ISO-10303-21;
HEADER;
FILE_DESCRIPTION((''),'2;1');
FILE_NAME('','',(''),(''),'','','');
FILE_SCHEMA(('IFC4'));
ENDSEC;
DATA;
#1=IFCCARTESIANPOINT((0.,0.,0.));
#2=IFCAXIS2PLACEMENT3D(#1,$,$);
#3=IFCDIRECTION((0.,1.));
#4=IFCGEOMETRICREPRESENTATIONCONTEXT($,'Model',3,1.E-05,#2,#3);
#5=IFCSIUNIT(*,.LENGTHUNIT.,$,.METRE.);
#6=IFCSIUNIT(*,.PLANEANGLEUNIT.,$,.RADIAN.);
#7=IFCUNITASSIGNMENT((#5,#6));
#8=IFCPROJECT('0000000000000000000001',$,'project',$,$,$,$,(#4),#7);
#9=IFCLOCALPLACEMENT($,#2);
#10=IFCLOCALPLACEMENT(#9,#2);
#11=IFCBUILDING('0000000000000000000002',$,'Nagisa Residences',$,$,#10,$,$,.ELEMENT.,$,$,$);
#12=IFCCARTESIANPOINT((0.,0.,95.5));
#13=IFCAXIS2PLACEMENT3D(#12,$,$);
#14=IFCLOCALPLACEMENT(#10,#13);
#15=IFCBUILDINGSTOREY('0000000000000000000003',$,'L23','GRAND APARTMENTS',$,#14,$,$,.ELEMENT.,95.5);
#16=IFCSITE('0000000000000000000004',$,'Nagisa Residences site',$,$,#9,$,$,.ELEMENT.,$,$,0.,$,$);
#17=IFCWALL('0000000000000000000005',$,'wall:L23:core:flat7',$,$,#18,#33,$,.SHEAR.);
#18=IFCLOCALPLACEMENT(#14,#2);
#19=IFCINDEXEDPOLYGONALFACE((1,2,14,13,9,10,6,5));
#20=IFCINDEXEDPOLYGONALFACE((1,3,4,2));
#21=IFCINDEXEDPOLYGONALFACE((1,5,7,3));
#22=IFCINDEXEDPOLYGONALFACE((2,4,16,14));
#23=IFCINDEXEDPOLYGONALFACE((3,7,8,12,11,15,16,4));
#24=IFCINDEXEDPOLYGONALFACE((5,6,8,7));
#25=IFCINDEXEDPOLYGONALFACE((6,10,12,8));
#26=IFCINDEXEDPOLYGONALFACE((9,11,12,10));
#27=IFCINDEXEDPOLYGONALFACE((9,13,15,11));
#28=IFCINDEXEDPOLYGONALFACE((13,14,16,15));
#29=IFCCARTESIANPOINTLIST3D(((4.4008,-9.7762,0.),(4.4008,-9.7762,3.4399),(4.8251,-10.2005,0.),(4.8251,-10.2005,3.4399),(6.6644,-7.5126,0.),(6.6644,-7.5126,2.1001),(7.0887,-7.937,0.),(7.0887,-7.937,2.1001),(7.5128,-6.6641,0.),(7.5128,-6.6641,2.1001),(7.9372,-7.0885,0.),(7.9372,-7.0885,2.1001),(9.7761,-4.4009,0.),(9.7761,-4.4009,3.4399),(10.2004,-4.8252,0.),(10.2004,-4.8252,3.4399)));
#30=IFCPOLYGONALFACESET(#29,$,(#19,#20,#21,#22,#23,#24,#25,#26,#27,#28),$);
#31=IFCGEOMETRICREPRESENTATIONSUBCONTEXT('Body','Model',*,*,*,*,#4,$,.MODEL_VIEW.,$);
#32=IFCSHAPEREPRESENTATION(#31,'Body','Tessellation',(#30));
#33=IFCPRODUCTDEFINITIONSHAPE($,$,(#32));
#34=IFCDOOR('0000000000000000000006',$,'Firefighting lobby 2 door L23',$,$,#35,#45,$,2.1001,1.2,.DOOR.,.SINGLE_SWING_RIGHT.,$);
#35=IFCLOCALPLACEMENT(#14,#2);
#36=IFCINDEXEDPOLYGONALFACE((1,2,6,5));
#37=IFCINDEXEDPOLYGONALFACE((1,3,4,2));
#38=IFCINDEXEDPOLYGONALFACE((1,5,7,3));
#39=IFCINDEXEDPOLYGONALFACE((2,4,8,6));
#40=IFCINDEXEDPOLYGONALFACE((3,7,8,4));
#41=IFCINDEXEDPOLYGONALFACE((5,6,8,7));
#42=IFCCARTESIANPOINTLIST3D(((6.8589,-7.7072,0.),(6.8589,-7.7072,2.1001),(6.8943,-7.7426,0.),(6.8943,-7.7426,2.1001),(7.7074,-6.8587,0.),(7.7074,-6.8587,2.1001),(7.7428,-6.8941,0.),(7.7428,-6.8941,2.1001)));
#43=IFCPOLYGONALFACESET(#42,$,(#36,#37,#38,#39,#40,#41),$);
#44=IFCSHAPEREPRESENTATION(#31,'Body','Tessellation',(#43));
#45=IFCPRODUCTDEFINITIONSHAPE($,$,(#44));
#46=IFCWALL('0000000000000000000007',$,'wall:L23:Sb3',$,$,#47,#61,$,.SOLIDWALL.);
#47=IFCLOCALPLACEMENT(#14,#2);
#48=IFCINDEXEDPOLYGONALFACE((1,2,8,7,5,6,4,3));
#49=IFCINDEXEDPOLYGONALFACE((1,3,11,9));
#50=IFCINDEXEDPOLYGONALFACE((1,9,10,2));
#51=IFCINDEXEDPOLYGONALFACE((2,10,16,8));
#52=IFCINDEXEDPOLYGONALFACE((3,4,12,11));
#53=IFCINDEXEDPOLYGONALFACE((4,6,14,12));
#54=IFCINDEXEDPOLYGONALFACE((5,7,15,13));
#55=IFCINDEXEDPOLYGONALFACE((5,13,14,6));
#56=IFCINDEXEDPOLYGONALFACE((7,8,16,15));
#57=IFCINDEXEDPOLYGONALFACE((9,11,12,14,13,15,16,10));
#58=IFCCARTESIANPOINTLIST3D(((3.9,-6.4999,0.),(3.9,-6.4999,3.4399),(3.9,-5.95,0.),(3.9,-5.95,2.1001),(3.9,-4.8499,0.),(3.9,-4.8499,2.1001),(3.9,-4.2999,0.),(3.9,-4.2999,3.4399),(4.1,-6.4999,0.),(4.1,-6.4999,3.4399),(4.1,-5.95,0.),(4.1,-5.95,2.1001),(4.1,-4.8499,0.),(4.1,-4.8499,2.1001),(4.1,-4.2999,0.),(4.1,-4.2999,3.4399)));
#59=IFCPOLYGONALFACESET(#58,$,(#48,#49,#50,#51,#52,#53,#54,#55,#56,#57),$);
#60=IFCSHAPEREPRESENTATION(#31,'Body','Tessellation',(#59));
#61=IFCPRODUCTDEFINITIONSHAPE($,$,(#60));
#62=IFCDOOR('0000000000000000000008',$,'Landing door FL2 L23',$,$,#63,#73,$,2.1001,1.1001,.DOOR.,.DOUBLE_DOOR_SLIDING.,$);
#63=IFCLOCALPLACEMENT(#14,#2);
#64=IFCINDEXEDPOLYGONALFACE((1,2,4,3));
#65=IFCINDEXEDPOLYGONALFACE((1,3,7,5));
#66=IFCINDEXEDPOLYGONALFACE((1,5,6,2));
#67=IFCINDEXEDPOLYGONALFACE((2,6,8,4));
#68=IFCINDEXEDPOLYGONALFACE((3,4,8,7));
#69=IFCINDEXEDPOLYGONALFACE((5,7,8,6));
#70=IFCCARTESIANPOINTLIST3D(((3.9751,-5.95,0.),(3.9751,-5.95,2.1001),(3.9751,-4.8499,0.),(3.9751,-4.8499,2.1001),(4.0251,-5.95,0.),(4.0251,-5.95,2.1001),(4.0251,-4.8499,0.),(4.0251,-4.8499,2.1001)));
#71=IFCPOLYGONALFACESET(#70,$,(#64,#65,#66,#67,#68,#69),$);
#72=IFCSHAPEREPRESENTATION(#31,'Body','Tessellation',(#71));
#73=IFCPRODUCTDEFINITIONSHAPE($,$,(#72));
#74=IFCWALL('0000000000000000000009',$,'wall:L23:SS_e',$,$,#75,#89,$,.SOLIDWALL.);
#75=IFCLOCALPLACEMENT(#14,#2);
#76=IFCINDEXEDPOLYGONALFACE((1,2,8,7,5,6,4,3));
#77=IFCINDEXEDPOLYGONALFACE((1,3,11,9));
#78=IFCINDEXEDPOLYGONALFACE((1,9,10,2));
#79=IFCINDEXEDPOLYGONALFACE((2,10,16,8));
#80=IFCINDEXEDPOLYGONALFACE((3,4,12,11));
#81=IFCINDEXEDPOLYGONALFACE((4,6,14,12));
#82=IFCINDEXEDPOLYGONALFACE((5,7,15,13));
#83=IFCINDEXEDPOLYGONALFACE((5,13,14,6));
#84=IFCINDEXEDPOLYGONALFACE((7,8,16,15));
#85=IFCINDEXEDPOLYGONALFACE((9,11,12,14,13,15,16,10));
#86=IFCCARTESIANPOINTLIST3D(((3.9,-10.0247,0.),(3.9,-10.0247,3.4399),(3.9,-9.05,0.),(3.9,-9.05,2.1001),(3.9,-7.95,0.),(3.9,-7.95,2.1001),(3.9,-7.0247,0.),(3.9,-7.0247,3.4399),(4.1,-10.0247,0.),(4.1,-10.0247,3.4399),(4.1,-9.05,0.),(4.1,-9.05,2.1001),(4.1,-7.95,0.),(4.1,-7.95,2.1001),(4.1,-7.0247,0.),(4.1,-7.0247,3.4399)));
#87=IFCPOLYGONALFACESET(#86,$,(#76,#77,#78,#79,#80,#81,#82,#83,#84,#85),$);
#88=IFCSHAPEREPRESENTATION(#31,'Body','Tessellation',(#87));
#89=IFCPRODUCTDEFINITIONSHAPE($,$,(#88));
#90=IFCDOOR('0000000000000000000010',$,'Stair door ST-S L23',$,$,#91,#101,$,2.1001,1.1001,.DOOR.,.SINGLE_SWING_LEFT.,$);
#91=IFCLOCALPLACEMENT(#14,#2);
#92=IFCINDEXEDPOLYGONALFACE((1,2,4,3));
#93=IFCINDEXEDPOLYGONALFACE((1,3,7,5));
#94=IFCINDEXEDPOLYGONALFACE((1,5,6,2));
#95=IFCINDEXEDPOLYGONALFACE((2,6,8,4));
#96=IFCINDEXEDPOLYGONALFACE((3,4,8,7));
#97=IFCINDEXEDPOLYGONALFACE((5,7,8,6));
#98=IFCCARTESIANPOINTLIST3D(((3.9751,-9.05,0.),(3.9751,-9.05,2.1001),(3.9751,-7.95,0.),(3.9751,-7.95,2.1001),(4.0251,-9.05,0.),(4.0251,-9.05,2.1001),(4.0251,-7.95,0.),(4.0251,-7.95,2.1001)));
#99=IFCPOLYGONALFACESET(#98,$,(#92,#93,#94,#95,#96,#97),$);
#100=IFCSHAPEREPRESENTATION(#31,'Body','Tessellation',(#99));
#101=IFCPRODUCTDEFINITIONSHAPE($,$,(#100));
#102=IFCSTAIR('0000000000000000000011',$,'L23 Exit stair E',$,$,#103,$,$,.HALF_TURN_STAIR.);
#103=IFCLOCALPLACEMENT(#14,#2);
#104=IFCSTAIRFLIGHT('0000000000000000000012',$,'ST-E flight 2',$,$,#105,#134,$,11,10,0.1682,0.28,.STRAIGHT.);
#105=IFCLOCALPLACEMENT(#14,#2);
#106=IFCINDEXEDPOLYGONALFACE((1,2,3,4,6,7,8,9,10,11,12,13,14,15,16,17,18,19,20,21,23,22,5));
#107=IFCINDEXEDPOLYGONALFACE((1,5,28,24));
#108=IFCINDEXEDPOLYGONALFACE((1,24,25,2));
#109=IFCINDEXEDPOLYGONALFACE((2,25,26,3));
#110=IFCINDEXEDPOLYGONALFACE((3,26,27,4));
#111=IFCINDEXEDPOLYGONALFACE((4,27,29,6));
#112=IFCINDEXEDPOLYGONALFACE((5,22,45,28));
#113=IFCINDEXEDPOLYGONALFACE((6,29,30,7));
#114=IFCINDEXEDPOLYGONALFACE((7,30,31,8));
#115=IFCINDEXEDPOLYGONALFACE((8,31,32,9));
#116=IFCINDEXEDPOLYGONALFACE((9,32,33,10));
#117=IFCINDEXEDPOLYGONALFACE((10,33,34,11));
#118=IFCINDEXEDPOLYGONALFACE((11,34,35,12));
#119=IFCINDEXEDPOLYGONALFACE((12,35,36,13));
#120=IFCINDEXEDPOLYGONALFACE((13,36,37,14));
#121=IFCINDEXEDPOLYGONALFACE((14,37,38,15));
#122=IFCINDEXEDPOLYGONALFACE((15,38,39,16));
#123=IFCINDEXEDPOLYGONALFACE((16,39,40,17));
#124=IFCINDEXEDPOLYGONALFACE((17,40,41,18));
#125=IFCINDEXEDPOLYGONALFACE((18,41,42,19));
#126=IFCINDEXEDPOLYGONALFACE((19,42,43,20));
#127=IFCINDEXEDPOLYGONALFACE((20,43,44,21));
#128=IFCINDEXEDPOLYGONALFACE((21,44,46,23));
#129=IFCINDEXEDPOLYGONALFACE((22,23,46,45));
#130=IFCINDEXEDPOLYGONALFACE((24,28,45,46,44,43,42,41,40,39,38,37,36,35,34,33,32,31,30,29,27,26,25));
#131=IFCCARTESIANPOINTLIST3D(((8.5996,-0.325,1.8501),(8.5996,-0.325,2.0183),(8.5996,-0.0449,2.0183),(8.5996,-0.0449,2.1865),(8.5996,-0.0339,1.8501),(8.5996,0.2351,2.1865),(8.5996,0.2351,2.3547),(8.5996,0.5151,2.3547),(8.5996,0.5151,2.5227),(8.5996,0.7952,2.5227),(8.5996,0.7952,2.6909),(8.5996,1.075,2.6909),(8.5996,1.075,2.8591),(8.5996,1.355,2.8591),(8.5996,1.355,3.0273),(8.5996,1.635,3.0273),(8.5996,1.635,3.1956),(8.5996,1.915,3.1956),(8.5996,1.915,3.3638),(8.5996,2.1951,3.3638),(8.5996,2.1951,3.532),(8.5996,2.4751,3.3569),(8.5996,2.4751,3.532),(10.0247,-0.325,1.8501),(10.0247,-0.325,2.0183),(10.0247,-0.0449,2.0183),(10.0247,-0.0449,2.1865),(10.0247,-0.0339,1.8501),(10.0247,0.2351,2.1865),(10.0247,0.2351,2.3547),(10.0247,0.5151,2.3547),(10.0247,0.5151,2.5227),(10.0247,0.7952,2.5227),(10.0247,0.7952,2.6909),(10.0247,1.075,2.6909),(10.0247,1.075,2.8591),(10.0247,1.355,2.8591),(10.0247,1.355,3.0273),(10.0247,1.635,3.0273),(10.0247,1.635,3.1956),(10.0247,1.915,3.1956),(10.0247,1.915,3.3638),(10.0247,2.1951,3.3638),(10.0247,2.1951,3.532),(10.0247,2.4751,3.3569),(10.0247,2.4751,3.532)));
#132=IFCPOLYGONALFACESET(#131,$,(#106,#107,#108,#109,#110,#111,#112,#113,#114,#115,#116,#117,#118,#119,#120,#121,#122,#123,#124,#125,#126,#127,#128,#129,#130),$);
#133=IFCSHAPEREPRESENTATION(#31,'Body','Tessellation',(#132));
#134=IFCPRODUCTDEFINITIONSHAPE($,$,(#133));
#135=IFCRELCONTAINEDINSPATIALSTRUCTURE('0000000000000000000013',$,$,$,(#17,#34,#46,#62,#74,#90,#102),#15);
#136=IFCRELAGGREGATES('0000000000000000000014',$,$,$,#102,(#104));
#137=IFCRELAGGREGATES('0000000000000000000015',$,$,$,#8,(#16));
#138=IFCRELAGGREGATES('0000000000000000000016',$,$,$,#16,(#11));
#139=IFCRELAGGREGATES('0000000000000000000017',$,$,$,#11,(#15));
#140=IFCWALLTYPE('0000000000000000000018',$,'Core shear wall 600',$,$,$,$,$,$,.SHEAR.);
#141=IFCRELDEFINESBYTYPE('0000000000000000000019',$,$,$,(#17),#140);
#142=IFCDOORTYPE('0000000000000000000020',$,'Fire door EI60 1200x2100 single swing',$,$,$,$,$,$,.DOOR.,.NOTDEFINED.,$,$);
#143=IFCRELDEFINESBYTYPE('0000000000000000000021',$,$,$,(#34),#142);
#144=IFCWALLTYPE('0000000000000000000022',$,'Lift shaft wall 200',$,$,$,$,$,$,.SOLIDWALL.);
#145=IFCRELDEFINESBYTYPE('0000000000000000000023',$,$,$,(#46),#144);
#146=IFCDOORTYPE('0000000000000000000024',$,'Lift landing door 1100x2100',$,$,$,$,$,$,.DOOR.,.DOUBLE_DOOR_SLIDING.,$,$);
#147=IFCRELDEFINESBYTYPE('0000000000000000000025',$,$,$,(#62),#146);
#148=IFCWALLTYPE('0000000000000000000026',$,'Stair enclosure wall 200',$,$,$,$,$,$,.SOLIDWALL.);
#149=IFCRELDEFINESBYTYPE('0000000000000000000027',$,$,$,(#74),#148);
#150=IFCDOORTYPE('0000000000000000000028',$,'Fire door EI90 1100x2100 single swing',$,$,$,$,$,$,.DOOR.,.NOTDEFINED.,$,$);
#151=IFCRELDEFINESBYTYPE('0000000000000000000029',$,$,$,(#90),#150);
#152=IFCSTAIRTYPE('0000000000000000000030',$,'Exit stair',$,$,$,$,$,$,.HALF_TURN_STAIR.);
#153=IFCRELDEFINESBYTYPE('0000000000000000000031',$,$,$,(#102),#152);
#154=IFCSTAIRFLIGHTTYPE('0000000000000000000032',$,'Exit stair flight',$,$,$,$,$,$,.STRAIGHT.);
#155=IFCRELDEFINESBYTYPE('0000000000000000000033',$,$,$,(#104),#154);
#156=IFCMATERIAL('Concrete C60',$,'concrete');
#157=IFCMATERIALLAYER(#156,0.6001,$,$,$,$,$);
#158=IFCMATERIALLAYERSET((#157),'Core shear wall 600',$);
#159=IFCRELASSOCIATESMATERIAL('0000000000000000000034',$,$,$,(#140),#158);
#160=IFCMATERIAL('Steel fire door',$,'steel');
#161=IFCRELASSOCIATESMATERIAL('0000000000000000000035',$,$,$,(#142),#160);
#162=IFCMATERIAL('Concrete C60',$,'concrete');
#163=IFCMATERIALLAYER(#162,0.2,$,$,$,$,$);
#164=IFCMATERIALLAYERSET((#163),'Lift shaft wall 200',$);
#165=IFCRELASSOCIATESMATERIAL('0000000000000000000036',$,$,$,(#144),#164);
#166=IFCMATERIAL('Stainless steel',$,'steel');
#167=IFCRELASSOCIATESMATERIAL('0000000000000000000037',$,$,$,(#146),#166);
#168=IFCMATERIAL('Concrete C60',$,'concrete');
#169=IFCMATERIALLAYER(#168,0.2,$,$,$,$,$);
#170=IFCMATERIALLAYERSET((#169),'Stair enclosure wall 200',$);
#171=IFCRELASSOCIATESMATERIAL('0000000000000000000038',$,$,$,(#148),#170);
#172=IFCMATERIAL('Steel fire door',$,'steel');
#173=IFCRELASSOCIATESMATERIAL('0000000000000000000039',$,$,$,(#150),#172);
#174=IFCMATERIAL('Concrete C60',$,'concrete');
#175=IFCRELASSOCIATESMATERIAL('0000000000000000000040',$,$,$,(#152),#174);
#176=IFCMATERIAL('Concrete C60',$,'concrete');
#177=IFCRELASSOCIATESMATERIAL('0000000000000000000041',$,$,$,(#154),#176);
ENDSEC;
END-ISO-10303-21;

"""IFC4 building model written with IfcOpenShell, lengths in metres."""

from ifc_helpers import new_model, si_unit, direction, frame, frame_2d, origin, place, context, subcontext, project, spatial, polyline, rectangle, outline, extrude, material, layer, layer_set, type_object, element, fill, aggregate, save


model = new_model("IFC4")

# Units and contexts
model_context = context("Model", 3, precision=1e-05, world=origin(), true_north=direction((0.0, 1.0)))
body_context = subcontext(model_context, "Body", "Model", "MODEL_VIEW")
ifc_project = project(units=[si_unit("LENGTHUNIT", "METRE"), si_unit("PLANEANGLEUNIT", "RADIAN")], contexts=[model_context])

# Site, building, storey
site_placement = place(None, origin())
site = spatial("IfcSite", under=ifc_project, at=site_placement, Name="Nagisa Residences site", CompositionType="ELEMENT", RefElevation=0.0)
building_placement = place(site_placement, origin())
building = spatial("IfcBuilding", under=site, at=building_placement, Name="Nagisa Residences", CompositionType="ELEMENT")
storey_placement = place(building_placement, frame((0.0, 0.0, 95.5)))
storey = spatial("IfcBuildingStorey", under=building, at=storey_placement, Name="L23", Description="GRAND APARTMENTS", CompositionType="ELEMENT", Elevation=95.5)

# Walls, openings, doors
ifc_material_1 = material(Name="Concrete C60", Category="concrete")
ifc_layer_1 = layer(ifc_material_1, 0.6001)
ifc_layer_set_1 = layer_set([ifc_layer_1], Name="Core shear wall 600")
wall_type_1 = type_object("IfcWallType", Name="Core shear wall 600", PredefinedType="SHEAR", material=ifc_layer_set_1)
wall_1_placement = place(storey_placement, frame((4.613, -9.9883, 0.0), z_axis=(0.0, 0.0, 1.0), x_axis=(0.707107, 0.707107, 0.0)))
wall_1 = element("IfcWall", 1, at=wall_1_placement, inside=storey, type_object=wall_type_1, Name="wall:L23:core:flat7", PredefinedType="SHEAR", context=body_context, shape_type="SweptSolid", body=[
    extrude(rectangle(XDim=7.6018, YDim=0.6001, at=frame_2d((3.8008, 0.0))), origin(), (0.0, 0.0, 1.0), 3.4399),
])
opening_1_placement = place(wall_1_placement, frame((3.2009, 0.0, 0.0)))
opening_1 = element("IfcOpeningElement", 2, at=opening_1_placement, cuts=wall_1, PredefinedType="OPENING", context=body_context, shape_type="SweptSolid", body=[
    extrude(rectangle(XDim=1.2, YDim=2.1001, at=frame_2d((0.6001, 1.05))), frame((0.0, 0.3101, 0.0), z_axis=(0.0, -1.0, 0.0), x_axis=(1.0, 0.0, 0.0)), (0.0, 0.0, 1.0), 0.6201),
])
ifc_material_2 = material(Name="Steel fire door", Category="steel")
door_type_1 = type_object("IfcDoorType", Name="Fire door EI60 1200x2100 single swing", OperationType="NOTDEFINED", PredefinedType="DOOR", material=ifc_material_2)
door_1_placement = place(opening_1_placement, origin())
door_1 = element("IfcDoor", 3, at=door_1_placement, inside=storey, type_object=door_type_1, Name="Firefighting lobby 2 door L23", OperationType="SINGLE_SWING_RIGHT", OverallHeight=2.1001, OverallWidth=1.2, PredefinedType="DOOR", context=body_context, shape_type="SweptSolid", body=[
    extrude(rectangle(XDim=1.2, YDim=2.1001, at=frame_2d((0.6001, 1.05))), frame((0.0, 0.0249, 0.0), z_axis=(0.0, -1.0, 0.0), x_axis=(1.0, 0.0, 0.0)), (0.0, 0.0, 1.0), 0.05),
])
fill(opening_1, door_1)
ifc_material_3 = material(Name="Concrete C60", Category="concrete")
ifc_layer_2 = layer(ifc_material_3, 0.2)
ifc_layer_set_2 = layer_set([ifc_layer_2], Name="Lift shaft wall 200")
wall_type_2 = type_object("IfcWallType", Name="Lift shaft wall 200", PredefinedType="SOLIDWALL", material=ifc_layer_set_2)
wall_2_placement = place(storey_placement, frame((4.0, -6.5, 0.0), z_axis=(0.0, 0.0, 1.0), x_axis=(0.0, 1.0, 0.0)))
wall_2 = element("IfcWall", 4, at=wall_2_placement, inside=storey, type_object=wall_type_2, Name="wall:L23:Sb3", PredefinedType="SOLIDWALL", context=body_context, shape_type="SweptSolid", body=[
    extrude(rectangle(XDim=2.2, YDim=0.2, at=frame_2d((1.1001, 0.0))), origin(), (0.0, 0.0, 1.0), 3.4399),
])
opening_2_placement = place(wall_2_placement, frame((0.55, 0.0, 0.0)))
opening_2 = element("IfcOpeningElement", 5, at=opening_2_placement, cuts=wall_2, PredefinedType="OPENING", context=body_context, shape_type="SweptSolid", body=[
    extrude(rectangle(XDim=1.1001, YDim=2.1001, at=frame_2d((0.55, 1.05))), frame((0.0, 0.1099, 0.0), z_axis=(0.0, -1.0, 0.0), x_axis=(1.0, 0.0, 0.0)), (0.0, 0.0, 1.0), 0.22),
])
ifc_material_4 = material(Name="Stainless steel", Category="steel")
door_type_2 = type_object("IfcDoorType", Name="Lift landing door 1100x2100", OperationType="DOUBLE_DOOR_SLIDING", PredefinedType="DOOR", material=ifc_material_4)
door_2_placement = place(opening_2_placement, origin())
door_2 = element("IfcDoor", 6, at=door_2_placement, inside=storey, type_object=door_type_2, Name="Landing door FL2 L23", OperationType="DOUBLE_DOOR_SLIDING", OverallHeight=2.1001, OverallWidth=1.1001, PredefinedType="DOOR", context=body_context, shape_type="SweptSolid", body=[
    extrude(rectangle(XDim=1.1001, YDim=2.1001, at=frame_2d((0.55, 1.05))), frame((0.0, 0.0249, 0.0), z_axis=(0.0, -1.0, 0.0), x_axis=(1.0, 0.0, 0.0)), (0.0, 0.0, 1.0), 0.05),
])
fill(opening_2, door_2)
ifc_material_5 = material(Name="Concrete C60", Category="concrete")
ifc_layer_3 = layer(ifc_material_5, 0.2)
ifc_layer_set_3 = layer_set([ifc_layer_3], Name="Stair enclosure wall 200")
wall_type_3 = type_object("IfcWallType", Name="Stair enclosure wall 200", PredefinedType="SOLIDWALL", material=ifc_layer_set_3)
wall_3_placement = place(storey_placement, frame((4.0, -10.0247, 0.0), z_axis=(0.0, 0.0, 1.0), x_axis=(0.0, 1.0, 0.0)))
wall_3 = element("IfcWall", 7, at=wall_3_placement, inside=storey, type_object=wall_type_3, Name="wall:L23:SS_e", PredefinedType="SOLIDWALL", context=body_context, shape_type="SweptSolid", body=[
    extrude(rectangle(XDim=3.0, YDim=0.2, at=frame_2d((1.5, 0.0))), origin(), (0.0, 0.0, 1.0), 3.4399),
])
opening_3_placement = place(wall_3_placement, frame((0.9746, 0.0, 0.0)))
opening_3 = element("IfcOpeningElement", 8, at=opening_3_placement, cuts=wall_3, PredefinedType="OPENING", context=body_context, shape_type="SweptSolid", body=[
    extrude(rectangle(XDim=1.1001, YDim=2.1001, at=frame_2d((0.55, 1.05))), frame((0.0, 0.1099, 0.0), z_axis=(0.0, -1.0, 0.0), x_axis=(1.0, 0.0, 0.0)), (0.0, 0.0, 1.0), 0.22),
])
ifc_material_6 = material(Name="Steel fire door", Category="steel")
door_type_3 = type_object("IfcDoorType", Name="Fire door EI90 1100x2100 single swing", OperationType="NOTDEFINED", PredefinedType="DOOR", material=ifc_material_6)
door_3_placement = place(opening_3_placement, origin())
door_3 = element("IfcDoor", 9, at=door_3_placement, inside=storey, type_object=door_type_3, Name="Stair door ST-S L23", OperationType="SINGLE_SWING_LEFT", OverallHeight=2.1001, OverallWidth=1.1001, PredefinedType="DOOR", context=body_context, shape_type="SweptSolid", body=[
    extrude(rectangle(XDim=1.1001, YDim=2.1001, at=frame_2d((0.55, 1.05))), frame((0.0, 0.0249, 0.0), z_axis=(0.0, -1.0, 0.0), x_axis=(1.0, 0.0, 0.0)), (0.0, 0.0, 1.0), 0.05),
])
fill(opening_3, door_3)

# Stair, stair flight
ifc_material_7 = material(Name="Concrete C60", Category="concrete")
stair_type = type_object("IfcStairType", Name="Exit stair", PredefinedType="HALF_TURN_STAIR", material=ifc_material_7)
stair_placement = place(storey_placement, origin())
stair = element("IfcStair", 10, at=stair_placement, inside=storey, type_object=stair_type, Name="L23 Exit stair E", PredefinedType="HALF_TURN_STAIR")
ifc_material_8 = material(Name="Concrete C60", Category="concrete")
stair_flight_type = type_object("IfcStairFlightType", Name="Exit stair flight", PredefinedType="STRAIGHT", material=ifc_material_8)
stair_flight_placement = place(storey_placement, frame((9.312, -0.325, 1.8501), z_axis=(0.0, 0.0, 1.0), x_axis=(0.0, 1.0, 0.0)))
stair_flight = element("IfcStairFlight", 11, at=stair_flight_placement, type_object=stair_flight_type, Name="ST-E flight 2", NumberOfRisers=11, NumberOfTreads=10, PredefinedType="STRAIGHT", RiserHeight=0.1682, TreadLength=0.28, context=body_context, shape_type="SweptSolid", body=[
    extrude(outline(polyline([(0.0, 0.0), (0.0, 0.1682), (0.28, 0.1682), (0.28, 0.3364), (0.5601, 0.3364), (0.5601, 0.5046), (0.8401, 0.5046), (0.8401, 0.6726), (1.1201, 0.6726), (1.1201, 0.8408), (1.3999, 0.8408), (1.3999, 1.009), (1.6799, 1.009), (1.6799, 1.1772), (1.96, 1.1772), (1.96, 1.3455), (2.24, 1.3455), (2.24, 1.5137), (2.52, 1.5137), (2.52, 1.6819), (2.8, 1.6819), (2.8, 1.8501), (2.8, 1.5068), (0.291, 0.0), (0.0, 0.0)])), frame((0.0, 0.7124, 0.0), z_axis=(0.0, -1.0, 0.0), x_axis=(1.0, 0.0, 0.0)), (0.0, 0.0, 1.0), 1.425),
])
aggregate(stair, [stair_flight])

save(model, "model.ifc")
